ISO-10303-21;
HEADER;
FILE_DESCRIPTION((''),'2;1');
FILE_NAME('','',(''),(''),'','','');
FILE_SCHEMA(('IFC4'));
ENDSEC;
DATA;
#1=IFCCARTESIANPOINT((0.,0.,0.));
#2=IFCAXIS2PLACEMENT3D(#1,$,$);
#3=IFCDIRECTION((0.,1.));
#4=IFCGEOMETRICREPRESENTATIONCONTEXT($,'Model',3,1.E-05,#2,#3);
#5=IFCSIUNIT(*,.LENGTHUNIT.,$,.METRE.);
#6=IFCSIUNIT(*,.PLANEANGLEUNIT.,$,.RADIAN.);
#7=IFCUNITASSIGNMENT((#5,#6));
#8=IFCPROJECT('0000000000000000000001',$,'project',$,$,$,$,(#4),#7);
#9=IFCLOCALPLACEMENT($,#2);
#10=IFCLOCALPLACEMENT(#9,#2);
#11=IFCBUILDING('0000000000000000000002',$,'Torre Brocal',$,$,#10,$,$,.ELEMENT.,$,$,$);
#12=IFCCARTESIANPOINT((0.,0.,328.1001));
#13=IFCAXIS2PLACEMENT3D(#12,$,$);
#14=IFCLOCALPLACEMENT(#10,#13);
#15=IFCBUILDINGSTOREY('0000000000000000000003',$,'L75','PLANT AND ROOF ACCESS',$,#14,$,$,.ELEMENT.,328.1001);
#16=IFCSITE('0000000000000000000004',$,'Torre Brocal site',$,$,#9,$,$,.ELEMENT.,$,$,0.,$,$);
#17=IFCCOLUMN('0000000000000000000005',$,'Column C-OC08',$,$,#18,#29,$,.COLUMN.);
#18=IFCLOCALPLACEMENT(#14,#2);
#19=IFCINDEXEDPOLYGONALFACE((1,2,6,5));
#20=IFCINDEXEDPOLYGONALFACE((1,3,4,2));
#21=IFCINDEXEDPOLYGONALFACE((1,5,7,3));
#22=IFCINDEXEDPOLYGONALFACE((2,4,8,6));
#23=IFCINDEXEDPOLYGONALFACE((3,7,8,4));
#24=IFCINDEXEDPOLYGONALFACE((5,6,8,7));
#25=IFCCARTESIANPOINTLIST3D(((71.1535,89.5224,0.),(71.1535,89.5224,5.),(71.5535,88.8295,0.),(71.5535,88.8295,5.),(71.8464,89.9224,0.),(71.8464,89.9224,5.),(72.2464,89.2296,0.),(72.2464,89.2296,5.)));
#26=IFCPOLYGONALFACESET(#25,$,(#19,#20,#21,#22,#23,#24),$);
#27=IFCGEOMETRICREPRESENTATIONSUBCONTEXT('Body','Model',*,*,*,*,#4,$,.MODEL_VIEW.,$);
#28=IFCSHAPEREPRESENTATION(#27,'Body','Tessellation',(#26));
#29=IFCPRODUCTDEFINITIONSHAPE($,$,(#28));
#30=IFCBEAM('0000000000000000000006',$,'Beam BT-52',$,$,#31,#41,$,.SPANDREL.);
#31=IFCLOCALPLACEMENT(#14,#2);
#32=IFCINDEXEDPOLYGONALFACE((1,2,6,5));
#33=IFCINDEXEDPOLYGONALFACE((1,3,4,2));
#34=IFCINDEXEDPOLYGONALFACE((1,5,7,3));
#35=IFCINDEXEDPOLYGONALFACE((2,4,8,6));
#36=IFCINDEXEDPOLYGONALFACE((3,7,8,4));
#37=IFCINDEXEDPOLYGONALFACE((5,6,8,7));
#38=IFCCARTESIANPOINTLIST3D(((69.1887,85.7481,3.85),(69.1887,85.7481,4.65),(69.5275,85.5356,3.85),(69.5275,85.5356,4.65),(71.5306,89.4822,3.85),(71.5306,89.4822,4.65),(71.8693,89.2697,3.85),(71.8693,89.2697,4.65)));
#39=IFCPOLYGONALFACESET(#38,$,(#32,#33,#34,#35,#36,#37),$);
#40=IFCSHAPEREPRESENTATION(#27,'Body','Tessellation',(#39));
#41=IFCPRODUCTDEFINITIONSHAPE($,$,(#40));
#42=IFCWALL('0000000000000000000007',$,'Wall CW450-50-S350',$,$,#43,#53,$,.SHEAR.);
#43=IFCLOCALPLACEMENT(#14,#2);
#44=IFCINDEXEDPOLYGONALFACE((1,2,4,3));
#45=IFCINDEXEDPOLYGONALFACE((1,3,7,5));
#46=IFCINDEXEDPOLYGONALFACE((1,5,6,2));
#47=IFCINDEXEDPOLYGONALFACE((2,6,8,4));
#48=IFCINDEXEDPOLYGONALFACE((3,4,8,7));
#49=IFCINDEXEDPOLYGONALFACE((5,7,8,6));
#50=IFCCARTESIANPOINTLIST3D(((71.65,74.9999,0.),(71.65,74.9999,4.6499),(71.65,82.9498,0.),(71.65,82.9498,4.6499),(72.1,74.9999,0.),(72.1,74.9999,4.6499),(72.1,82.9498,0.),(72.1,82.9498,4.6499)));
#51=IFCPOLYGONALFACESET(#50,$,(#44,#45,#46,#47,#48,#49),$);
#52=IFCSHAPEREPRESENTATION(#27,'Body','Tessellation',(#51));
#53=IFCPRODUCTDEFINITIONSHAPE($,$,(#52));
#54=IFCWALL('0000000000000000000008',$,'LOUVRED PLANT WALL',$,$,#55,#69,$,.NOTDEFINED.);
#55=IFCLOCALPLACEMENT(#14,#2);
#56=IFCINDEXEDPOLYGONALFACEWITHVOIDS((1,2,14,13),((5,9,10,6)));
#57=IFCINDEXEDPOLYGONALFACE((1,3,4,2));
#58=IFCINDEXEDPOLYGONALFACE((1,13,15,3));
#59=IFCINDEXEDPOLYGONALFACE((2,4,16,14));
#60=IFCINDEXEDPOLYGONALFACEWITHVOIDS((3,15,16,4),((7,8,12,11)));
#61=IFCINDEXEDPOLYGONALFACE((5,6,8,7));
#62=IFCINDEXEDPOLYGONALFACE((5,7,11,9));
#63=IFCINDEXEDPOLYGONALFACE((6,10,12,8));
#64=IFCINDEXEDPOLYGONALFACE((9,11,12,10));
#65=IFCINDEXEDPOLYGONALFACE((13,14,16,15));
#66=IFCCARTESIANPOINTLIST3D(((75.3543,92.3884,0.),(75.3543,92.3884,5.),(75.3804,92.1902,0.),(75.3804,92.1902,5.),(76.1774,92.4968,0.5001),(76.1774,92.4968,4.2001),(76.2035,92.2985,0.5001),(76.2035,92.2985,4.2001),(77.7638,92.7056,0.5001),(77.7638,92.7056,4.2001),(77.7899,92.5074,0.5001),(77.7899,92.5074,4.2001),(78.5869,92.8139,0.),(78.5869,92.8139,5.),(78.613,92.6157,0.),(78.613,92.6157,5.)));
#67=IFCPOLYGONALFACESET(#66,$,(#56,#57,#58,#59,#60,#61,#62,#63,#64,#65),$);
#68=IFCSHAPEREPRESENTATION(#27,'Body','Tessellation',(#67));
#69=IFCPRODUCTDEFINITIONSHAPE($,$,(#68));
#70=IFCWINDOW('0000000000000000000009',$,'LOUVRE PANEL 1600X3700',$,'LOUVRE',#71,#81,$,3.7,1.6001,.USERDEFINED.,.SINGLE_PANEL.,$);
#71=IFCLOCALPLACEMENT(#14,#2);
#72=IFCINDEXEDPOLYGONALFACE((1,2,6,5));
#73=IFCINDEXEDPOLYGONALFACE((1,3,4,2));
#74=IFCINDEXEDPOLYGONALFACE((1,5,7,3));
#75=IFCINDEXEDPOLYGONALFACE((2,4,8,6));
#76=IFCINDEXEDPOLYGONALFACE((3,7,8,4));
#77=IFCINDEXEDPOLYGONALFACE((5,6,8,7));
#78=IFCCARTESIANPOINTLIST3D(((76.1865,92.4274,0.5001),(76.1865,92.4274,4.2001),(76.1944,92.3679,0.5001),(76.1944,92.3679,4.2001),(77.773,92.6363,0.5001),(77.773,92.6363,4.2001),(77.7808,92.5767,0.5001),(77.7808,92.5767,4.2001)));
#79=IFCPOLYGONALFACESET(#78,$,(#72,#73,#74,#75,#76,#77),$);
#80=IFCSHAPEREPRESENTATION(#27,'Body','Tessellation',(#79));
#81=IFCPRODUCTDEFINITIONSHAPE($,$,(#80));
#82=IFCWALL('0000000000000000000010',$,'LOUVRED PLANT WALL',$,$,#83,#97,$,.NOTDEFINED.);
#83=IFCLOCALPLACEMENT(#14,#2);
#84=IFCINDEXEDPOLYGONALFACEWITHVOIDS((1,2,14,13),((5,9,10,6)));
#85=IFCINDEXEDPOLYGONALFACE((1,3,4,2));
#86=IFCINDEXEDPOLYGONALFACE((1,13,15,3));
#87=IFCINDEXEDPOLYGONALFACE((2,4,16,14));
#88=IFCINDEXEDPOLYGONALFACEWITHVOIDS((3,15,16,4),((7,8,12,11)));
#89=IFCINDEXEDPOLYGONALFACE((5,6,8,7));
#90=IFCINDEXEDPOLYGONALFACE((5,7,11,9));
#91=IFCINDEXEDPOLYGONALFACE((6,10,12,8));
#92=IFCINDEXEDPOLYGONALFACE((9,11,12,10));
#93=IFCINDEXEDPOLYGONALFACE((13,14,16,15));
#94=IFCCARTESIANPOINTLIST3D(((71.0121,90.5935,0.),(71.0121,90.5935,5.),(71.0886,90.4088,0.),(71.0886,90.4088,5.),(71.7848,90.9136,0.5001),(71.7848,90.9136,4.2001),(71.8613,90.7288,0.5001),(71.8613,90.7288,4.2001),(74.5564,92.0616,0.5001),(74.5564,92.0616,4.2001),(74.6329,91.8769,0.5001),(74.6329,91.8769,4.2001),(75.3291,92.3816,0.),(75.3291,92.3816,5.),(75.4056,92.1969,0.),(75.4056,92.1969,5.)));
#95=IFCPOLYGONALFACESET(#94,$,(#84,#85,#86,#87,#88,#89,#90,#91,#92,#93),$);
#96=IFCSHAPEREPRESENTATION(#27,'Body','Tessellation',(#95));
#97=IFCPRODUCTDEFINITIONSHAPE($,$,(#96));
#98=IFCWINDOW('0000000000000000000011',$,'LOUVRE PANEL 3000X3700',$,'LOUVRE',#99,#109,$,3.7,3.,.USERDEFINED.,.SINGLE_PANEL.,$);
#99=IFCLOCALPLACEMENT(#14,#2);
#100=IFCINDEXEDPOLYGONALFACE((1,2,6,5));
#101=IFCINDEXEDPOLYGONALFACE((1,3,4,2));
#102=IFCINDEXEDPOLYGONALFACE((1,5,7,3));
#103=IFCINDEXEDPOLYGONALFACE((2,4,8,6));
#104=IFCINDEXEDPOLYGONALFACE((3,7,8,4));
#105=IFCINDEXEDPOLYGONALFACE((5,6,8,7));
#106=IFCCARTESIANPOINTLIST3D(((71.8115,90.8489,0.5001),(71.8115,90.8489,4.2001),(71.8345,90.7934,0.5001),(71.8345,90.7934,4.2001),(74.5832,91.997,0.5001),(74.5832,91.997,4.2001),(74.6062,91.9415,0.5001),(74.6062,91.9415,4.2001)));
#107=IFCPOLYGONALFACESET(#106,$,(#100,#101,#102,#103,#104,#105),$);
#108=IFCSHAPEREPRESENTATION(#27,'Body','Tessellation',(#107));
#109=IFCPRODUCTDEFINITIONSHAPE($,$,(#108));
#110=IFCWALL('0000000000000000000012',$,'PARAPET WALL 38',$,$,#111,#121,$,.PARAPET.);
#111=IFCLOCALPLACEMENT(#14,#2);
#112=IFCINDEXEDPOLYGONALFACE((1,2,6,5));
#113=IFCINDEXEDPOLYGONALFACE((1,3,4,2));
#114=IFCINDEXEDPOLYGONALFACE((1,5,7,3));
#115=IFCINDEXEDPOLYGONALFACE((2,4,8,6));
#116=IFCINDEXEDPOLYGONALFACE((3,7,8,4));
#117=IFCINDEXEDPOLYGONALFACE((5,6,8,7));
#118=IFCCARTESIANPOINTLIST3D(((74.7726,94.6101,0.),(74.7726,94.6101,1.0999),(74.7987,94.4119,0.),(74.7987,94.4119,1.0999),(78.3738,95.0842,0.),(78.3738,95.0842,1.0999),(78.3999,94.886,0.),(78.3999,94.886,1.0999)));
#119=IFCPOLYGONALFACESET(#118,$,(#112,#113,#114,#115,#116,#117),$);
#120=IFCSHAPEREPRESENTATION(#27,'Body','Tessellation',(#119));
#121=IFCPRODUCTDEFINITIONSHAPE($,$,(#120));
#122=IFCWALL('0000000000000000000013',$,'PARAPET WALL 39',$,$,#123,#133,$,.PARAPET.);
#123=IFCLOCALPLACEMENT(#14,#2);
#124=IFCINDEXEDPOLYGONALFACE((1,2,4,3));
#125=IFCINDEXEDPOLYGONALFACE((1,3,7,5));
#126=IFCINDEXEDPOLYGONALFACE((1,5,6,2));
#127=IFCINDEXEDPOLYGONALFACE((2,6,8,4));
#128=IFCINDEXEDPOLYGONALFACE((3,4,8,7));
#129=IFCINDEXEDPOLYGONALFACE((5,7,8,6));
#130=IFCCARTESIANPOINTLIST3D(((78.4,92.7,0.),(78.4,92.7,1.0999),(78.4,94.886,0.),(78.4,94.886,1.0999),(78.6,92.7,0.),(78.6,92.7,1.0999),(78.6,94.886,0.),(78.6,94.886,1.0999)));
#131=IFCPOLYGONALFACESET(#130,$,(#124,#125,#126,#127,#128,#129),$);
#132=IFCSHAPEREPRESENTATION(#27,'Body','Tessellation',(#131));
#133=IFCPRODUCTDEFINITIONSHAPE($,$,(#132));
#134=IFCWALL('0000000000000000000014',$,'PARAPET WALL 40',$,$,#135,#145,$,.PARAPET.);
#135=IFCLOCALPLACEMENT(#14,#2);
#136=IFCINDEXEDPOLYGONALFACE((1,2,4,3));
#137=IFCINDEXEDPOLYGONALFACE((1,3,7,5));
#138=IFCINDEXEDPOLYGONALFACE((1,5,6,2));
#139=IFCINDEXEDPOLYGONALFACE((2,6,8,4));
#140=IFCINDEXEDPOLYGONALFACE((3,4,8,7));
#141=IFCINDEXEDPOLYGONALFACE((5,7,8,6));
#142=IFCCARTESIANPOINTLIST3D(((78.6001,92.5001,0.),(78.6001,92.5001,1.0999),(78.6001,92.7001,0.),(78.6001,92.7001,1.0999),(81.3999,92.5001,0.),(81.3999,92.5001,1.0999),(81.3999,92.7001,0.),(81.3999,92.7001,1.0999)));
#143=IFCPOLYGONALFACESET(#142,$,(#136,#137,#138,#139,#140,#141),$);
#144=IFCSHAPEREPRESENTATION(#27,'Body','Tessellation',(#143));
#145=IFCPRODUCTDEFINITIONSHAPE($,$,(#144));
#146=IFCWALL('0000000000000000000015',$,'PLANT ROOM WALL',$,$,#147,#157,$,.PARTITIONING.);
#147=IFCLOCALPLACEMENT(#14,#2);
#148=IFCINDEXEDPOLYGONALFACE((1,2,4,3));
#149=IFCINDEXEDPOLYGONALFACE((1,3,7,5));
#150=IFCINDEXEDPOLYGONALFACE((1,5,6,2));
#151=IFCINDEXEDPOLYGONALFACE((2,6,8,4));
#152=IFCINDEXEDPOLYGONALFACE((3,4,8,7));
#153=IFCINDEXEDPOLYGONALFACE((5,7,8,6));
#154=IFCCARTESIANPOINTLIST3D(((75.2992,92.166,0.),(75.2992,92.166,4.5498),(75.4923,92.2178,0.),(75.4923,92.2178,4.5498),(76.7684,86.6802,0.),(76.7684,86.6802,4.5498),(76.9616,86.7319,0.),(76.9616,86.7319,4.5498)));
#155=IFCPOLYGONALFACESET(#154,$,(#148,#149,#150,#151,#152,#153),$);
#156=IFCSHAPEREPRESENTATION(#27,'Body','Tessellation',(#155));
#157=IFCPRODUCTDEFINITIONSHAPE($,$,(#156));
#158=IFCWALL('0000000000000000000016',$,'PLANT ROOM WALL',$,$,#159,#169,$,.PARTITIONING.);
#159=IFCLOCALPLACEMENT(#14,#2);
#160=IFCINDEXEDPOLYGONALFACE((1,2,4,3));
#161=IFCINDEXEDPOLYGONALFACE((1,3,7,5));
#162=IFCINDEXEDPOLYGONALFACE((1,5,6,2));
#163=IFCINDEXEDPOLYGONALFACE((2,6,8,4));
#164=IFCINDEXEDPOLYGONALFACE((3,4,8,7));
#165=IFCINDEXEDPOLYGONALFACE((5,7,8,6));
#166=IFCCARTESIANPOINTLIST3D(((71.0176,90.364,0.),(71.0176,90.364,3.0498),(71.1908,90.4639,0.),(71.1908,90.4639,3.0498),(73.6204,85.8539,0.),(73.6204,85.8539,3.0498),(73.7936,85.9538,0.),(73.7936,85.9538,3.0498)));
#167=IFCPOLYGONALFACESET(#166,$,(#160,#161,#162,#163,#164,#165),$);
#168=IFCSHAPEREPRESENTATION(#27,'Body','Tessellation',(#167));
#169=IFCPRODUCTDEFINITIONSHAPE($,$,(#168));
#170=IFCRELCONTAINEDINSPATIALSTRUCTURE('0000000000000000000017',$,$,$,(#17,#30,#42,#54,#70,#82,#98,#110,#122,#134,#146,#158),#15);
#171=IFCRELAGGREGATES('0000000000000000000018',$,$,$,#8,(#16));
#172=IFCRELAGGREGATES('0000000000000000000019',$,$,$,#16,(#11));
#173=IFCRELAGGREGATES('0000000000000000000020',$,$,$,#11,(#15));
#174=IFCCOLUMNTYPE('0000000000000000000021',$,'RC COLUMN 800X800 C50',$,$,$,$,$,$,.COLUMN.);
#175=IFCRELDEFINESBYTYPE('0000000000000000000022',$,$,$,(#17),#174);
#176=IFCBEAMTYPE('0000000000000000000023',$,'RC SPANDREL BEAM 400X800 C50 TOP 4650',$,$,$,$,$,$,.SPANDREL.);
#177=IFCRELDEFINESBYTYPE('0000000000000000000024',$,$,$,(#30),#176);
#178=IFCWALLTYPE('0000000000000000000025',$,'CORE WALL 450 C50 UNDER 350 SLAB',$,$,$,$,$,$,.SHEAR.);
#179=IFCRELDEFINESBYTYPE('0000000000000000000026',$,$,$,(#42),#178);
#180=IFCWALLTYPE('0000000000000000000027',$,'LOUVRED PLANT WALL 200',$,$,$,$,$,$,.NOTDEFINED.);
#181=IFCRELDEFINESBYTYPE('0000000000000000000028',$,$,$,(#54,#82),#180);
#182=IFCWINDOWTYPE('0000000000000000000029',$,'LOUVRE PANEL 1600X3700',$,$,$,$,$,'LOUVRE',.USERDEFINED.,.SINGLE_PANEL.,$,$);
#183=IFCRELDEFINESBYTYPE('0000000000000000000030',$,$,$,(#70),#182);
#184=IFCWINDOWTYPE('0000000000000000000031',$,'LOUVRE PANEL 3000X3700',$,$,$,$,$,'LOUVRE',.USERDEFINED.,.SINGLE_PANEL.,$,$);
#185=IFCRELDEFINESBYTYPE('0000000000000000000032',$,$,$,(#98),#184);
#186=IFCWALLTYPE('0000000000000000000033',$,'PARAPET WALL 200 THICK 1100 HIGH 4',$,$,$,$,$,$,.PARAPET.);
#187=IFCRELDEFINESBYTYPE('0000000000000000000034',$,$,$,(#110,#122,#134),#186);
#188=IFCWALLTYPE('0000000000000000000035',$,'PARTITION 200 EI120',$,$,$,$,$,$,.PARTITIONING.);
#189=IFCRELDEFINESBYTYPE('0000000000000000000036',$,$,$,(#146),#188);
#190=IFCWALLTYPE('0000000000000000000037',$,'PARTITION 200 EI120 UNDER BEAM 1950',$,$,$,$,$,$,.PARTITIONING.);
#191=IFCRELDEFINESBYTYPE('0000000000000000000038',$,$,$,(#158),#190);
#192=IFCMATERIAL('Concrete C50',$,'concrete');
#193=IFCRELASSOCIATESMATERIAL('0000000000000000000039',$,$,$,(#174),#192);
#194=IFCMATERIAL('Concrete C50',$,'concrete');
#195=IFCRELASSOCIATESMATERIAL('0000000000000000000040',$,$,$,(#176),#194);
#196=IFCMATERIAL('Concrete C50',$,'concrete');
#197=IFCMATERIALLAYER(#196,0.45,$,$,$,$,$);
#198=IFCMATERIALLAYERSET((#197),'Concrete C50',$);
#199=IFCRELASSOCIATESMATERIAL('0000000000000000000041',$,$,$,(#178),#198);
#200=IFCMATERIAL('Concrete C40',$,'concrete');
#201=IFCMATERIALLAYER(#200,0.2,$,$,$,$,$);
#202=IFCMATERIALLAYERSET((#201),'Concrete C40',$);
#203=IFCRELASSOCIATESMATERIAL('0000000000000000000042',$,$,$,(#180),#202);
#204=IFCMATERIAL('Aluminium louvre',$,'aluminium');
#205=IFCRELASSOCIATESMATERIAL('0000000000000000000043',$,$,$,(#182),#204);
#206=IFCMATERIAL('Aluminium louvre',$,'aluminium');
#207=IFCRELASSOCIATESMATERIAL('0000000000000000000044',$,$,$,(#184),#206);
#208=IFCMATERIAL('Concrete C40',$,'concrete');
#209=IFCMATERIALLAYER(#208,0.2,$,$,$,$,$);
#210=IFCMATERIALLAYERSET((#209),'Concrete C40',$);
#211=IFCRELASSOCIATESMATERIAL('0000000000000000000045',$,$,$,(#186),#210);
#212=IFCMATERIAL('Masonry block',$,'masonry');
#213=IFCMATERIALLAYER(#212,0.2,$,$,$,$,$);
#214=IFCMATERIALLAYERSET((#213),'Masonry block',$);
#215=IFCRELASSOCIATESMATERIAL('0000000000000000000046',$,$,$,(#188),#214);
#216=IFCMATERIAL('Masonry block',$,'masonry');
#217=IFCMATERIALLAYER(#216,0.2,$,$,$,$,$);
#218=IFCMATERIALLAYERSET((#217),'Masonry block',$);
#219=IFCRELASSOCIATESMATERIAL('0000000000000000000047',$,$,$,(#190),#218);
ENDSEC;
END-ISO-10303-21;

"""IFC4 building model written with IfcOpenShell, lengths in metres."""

from ifc_helpers import new_model, si_unit, direction, frame, frame_2d, origin, origin_2d, place, context, subcontext, project, spatial, rectangle, extrude, material, layer, layer_set, material_profile, profile_set, type_object, element, fill, save


model = new_model("IFC4")

# Units and contexts
model_context = context("Model", 3, precision=1e-05, world=origin(), true_north=direction((0.0, 1.0)))
body_context = subcontext(model_context, "Body", "Model", "MODEL_VIEW")
ifc_project = project(units=[si_unit("LENGTHUNIT", "METRE"), si_unit("PLANEANGLEUNIT", "RADIAN")], contexts=[model_context])

# Site, building, storey
site_placement = place(None, origin())
site = spatial("IfcSite", under=ifc_project, at=site_placement, Name="Torre Brocal site", CompositionType="ELEMENT", RefElevation=0.0)
building_placement = place(site_placement, origin())
building = spatial("IfcBuilding", under=site, at=building_placement, Name="Torre Brocal", CompositionType="ELEMENT")
storey_placement = place(building_placement, frame((0.0, 0.0, 328.1001)))
storey = spatial("IfcBuildingStorey", under=building, at=storey_placement, Name="L75", Description="PLANT AND ROOF ACCESS", CompositionType="ELEMENT", Elevation=328.1001)

# Column
ifc_material_1 = material(Name="Concrete C50", Category="concrete")
ifc_material_profile_1 = material_profile(ifc_material_1, rectangle(XDim=0.8, YDim=0.8, at=origin_2d()), Name="RC 800X800")
ifc_profile_set_1 = profile_set([ifc_material_profile_1], Name="Concrete C50")
column_type = type_object("IfcColumnType", Name="RC COLUMN 800X800 C50", PredefinedType="COLUMN", material=ifc_profile_set_1)
column_placement = place(storey_placement, frame((71.7, 89.376, 0.0), z_axis=(0.0, 0.0, 1.0), x_axis=(-0.5, 0.866025, 0.0)))
element("IfcColumn", 1, at=column_placement, inside=storey, type_object=column_type, Name="Column C-OC08", PredefinedType="COLUMN", context=body_context, shape_type="SweptSolid", body=[
    extrude(rectangle(XDim=0.8, YDim=0.8, at=origin_2d()), origin(), (0.0, 0.0, 1.0), 5.0),
])

# Beam
ifc_material_2 = material(Name="Concrete C50", Category="concrete")
ifc_material_profile_2 = material_profile(ifc_material_2, rectangle(XDim=0.3999, YDim=0.8, at=origin_2d()), Name="RC 400X800")
ifc_profile_set_2 = profile_set([ifc_material_profile_2], Name="Concrete C50")
beam_type = type_object("IfcBeamType", Name="RC SPANDREL BEAM 400X800 C50 TOP 4650", PredefinedType="SPANDREL", material=ifc_profile_set_2)
beam_placement = place(storey_placement, frame((71.7, 89.376, 4.25), z_axis=(-0.531298, -0.847185, 0.0), x_axis=(0.847185, -0.531298, 0.0)))
element("IfcBeam", 2, at=beam_placement, inside=storey, type_object=beam_type, Name="Beam BT-52", PredefinedType="SPANDREL", context=body_context, shape_type="SweptSolid", body=[
    extrude(rectangle(XDim=0.3999, YDim=0.8, at=origin_2d()), origin(), (0.0, 0.0, 1.0), 4.4077),
])

# Shared definitions
ifc_material_3 = material(Name="Concrete C50", Category="concrete")
ifc_layer_1 = layer(ifc_material_3, 0.45)
ifc_layer_set_1 = layer_set([ifc_layer_1], Name="Concrete C50")
wall_type_1 = type_object("IfcWallType", Name="CORE WALL 450 C50 UNDER 350 SLAB", PredefinedType="SHEAR", material=ifc_layer_set_1)

# Wall
wall_1_placement = place(storey_placement, frame((71.875, 82.95, 0.0), z_axis=(0.0, 0.0, 1.0), x_axis=(0.0, -1.0, 0.0)))
element("IfcWall", 3, at=wall_1_placement, inside=storey, type_object=wall_type_1, Name="Wall CW450-50-S350", PredefinedType="SHEAR", context=body_context, shape_type="SweptSolid", body=[
    extrude(rectangle(XDim=7.95, YDim=0.45, at=frame_2d((3.9751, 0.0))), origin(), (0.0, 0.0, 1.0), 4.6499),
])

# Walls, openings, windows
ifc_material_4 = material(Name="Concrete C40", Category="concrete")
ifc_layer_2 = layer(ifc_material_4, 0.2)
ifc_layer_set_2 = layer_set([ifc_layer_2], Name="Concrete C40")
wall_type_2 = type_object("IfcWallType", Name="LOUVRED PLANT WALL 200", PredefinedType="NOTDEFINED", material=ifc_layer_set_2)
wall_2_placement = place(storey_placement, frame((78.6001, 92.7148, 0.0), z_axis=(0.0, 0.0, 1.0), x_axis=(-0.991447, -0.130511, 0.0)))
wall_2 = element("IfcWall", 4, at=wall_2_placement, inside=storey, type_object=wall_type_2, Name="LOUVRED PLANT WALL", PredefinedType="NOTDEFINED", context=body_context, shape_type="SweptSolid", body=[
    extrude(rectangle(XDim=3.2605, YDim=0.2, at=frame_2d((1.6304, 0.0))), origin(), (0.0, 0.0, 1.0), 5.0),
])
opening_1_placement = place(wall_2_placement, frame((0.8303, 0.0, 0.5)))
opening_1 = element("IfcOpeningElement", 5, at=opening_1_placement, cuts=wall_2, PredefinedType="OPENING", context=body_context, shape_type="SweptSolid", body=[
    extrude(rectangle(XDim=1.6001, YDim=3.7, at=frame_2d((0.8, 1.8501))), frame((0.0, 0.1099, 0.0), z_axis=(0.0, -1.0, 0.0), x_axis=(1.0, 0.0, 0.0)), (0.0, 0.0, 1.0), 0.22),
])
ifc_material_5 = material(Name="Aluminium louvre", Category="aluminium")
window_type_1 = type_object("IfcWindowType", Name="LOUVRE PANEL 1600X3700", ElementType="LOUVRE", PartitioningType="SINGLE_PANEL", PredefinedType="USERDEFINED", material=ifc_material_5)
window_1_placement = place(opening_1_placement, origin())
window_1 = element("IfcWindow", 6, at=window_1_placement, inside=storey, type_object=window_type_1, Name="LOUVRE PANEL 1600X3700", ObjectType="LOUVRE", OverallHeight=3.7, OverallWidth=1.6001, PartitioningType="SINGLE_PANEL", PredefinedType="USERDEFINED", context=body_context, shape_type="SweptSolid", body=[
    extrude(rectangle(XDim=1.6001, YDim=3.7, at=frame_2d((0.8, 1.8501))), frame((0.0, 0.03, 0.0), z_axis=(0.0, -1.0, 0.0), x_axis=(1.0, 0.0, 0.0)), (0.0, 0.0, 1.0), 0.0601),
])
fill(opening_1, window_1)
wall_3_placement = place(storey_placement, frame((75.3674, 92.2893, 0.0), z_axis=(0.0, 0.0, 1.0), x_axis=(-0.923882, -0.382678, 0.0)))
wall_3 = element("IfcWall", 7, at=wall_3_placement, inside=storey, type_object=wall_type_2, Name="LOUVRED PLANT WALL", PredefinedType="NOTDEFINED", context=body_context, shape_type="SweptSolid", body=[
    extrude(rectangle(XDim=4.6726, YDim=0.2, at=frame_2d((2.3364, 0.0))), origin(), (0.0, 0.0, 1.0), 5.0),
])
opening_2_placement = place(wall_3_placement, frame((0.8364, 0.0, 0.5)))
opening_2 = element("IfcOpeningElement", 8, at=opening_2_placement, cuts=wall_3, PredefinedType="OPENING", context=body_context, shape_type="SweptSolid", body=[
    extrude(rectangle(XDim=3.0, YDim=3.7, at=frame_2d((1.5, 1.8501))), frame((0.0, 0.1099, 0.0), z_axis=(0.0, -1.0, 0.0), x_axis=(1.0, 0.0, 0.0)), (0.0, 0.0, 1.0), 0.22),
])
ifc_material_6 = material(Name="Aluminium louvre", Category="aluminium")
window_type_2 = type_object("IfcWindowType", Name="LOUVRE PANEL 3000X3700", ElementType="LOUVRE", PartitioningType="SINGLE_PANEL", PredefinedType="USERDEFINED", material=ifc_material_6)
window_2_placement = place(opening_2_placement, origin())
window_2 = element("IfcWindow", 9, at=window_2_placement, inside=storey, type_object=window_type_2, Name="LOUVRE PANEL 3000X3700", ObjectType="LOUVRE", OverallHeight=3.7, OverallWidth=3.0, PartitioningType="SINGLE_PANEL", PredefinedType="USERDEFINED", context=body_context, shape_type="SweptSolid", body=[
    extrude(rectangle(XDim=3.0, YDim=3.7, at=frame_2d((1.5, 1.8501))), frame((0.0, 0.03, 0.0), z_axis=(0.0, -1.0, 0.0), x_axis=(1.0, 0.0, 0.0)), (0.0, 0.0, 1.0), 0.0601),
])
fill(opening_2, window_2)

# Walls
ifc_material_7 = material(Name="Concrete C40", Category="concrete")
ifc_layer_3 = layer(ifc_material_7, 0.2)
ifc_layer_set_3 = layer_set([ifc_layer_3], Name="Concrete C40")
wall_type_3 = type_object("IfcWallType", Name="PARAPET WALL 200 THICK 1100 HIGH 4", PredefinedType="PARAPET", material=ifc_layer_set_3)
wall_4_placement = place(storey_placement, frame((74.7856, 94.511, 0.0), z_axis=(0.0, 0.0, 1.0), x_axis=(0.991445, 0.130526, 0.0)))
element("IfcWall", 10, at=wall_4_placement, inside=storey, type_object=wall_type_3, Name="PARAPET WALL 38", PredefinedType="PARAPET", context=body_context, shape_type="SweptSolid", body=[
    extrude(rectangle(XDim=3.6323, YDim=0.2, at=frame_2d((1.8162, 0.0))), origin(), (0.0, 0.0, 1.0), 1.0999),
])
wall_5_placement = place(storey_placement, frame((78.5, 94.886, 0.0), z_axis=(0.0, 0.0, 1.0), x_axis=(0.0, -1.0, 0.0)))
element("IfcWall", 11, at=wall_5_placement, inside=storey, type_object=wall_type_3, Name="PARAPET WALL 39", PredefinedType="PARAPET", context=body_context, shape_type="SweptSolid", body=[
    extrude(rectangle(XDim=2.186, YDim=0.2, at=frame_2d((1.093, 0.0))), origin(), (0.0, 0.0, 1.0), 1.0999),
])
wall_6_placement = place(storey_placement, frame((78.6001, 92.6001, 0.0), z_axis=(0.0, 0.0, 1.0), x_axis=(1.0, 0.0, 0.0)))
element("IfcWall", 12, at=wall_6_placement, inside=storey, type_object=wall_type_3, Name="PARAPET WALL 40", PredefinedType="PARAPET", context=body_context, shape_type="SweptSolid", body=[
    extrude(rectangle(XDim=2.7998, YDim=0.2, at=frame_2d((1.3999, 0.0))), origin(), (0.0, 0.0, 1.0), 1.0999),
])

# Shared definitions
ifc_material_8 = material(Name="Masonry block", Category="masonry")
ifc_layer_4 = layer(ifc_material_8, 0.2)
ifc_layer_set_4 = layer_set([ifc_layer_4], Name="Masonry block")
wall_type_4 = type_object("IfcWallType", Name="PARTITION 200 EI120", PredefinedType="PARTITIONING", material=ifc_layer_set_4)

# Walls
wall_7_placement = place(storey_placement, frame((75.3958, 92.1919, 0.0), z_axis=(0.0, 0.0, 1.0), x_axis=(0.258706, -0.965956, 0.0)))
element("IfcWall", 13, at=wall_7_placement, inside=storey, type_object=wall_type_4, Name="PLANT ROOM WALL", PredefinedType="PARTITIONING", context=body_context, shape_type="SweptSolid", body=[
    extrude(rectangle(XDim=5.6792, YDim=0.2, at=frame_2d((2.8396, 0.0))), origin(), (0.0, 0.0, 1.0), 4.5498),
])
ifc_material_9 = material(Name="Masonry block", Category="masonry")
ifc_layer_5 = layer(ifc_material_9, 0.2)
ifc_layer_set_5 = layer_set([ifc_layer_5], Name="Masonry block")
wall_type_5 = type_object("IfcWallType", Name="PARTITION 200 EI120 UNDER BEAM 1950", PredefinedType="PARTITIONING", material=ifc_layer_set_5)
wall_8_placement = place(storey_placement, frame((71.1042, 90.4138, 0.0), z_axis=(0.0, 0.0, 1.0), x_axis=(0.499846, -0.866115, 0.0)))
element("IfcWall", 14, at=wall_8_placement, inside=storey, type_object=wall_type_5, Name="PLANT ROOM WALL", PredefinedType="PARTITIONING", context=body_context, shape_type="SweptSolid", body=[
    extrude(rectangle(XDim=5.2073, YDim=0.2, at=frame_2d((2.6035, 0.0))), origin(), (0.0, 0.0, 1.0), 3.0498),
])

save(model, "model.ifc")
